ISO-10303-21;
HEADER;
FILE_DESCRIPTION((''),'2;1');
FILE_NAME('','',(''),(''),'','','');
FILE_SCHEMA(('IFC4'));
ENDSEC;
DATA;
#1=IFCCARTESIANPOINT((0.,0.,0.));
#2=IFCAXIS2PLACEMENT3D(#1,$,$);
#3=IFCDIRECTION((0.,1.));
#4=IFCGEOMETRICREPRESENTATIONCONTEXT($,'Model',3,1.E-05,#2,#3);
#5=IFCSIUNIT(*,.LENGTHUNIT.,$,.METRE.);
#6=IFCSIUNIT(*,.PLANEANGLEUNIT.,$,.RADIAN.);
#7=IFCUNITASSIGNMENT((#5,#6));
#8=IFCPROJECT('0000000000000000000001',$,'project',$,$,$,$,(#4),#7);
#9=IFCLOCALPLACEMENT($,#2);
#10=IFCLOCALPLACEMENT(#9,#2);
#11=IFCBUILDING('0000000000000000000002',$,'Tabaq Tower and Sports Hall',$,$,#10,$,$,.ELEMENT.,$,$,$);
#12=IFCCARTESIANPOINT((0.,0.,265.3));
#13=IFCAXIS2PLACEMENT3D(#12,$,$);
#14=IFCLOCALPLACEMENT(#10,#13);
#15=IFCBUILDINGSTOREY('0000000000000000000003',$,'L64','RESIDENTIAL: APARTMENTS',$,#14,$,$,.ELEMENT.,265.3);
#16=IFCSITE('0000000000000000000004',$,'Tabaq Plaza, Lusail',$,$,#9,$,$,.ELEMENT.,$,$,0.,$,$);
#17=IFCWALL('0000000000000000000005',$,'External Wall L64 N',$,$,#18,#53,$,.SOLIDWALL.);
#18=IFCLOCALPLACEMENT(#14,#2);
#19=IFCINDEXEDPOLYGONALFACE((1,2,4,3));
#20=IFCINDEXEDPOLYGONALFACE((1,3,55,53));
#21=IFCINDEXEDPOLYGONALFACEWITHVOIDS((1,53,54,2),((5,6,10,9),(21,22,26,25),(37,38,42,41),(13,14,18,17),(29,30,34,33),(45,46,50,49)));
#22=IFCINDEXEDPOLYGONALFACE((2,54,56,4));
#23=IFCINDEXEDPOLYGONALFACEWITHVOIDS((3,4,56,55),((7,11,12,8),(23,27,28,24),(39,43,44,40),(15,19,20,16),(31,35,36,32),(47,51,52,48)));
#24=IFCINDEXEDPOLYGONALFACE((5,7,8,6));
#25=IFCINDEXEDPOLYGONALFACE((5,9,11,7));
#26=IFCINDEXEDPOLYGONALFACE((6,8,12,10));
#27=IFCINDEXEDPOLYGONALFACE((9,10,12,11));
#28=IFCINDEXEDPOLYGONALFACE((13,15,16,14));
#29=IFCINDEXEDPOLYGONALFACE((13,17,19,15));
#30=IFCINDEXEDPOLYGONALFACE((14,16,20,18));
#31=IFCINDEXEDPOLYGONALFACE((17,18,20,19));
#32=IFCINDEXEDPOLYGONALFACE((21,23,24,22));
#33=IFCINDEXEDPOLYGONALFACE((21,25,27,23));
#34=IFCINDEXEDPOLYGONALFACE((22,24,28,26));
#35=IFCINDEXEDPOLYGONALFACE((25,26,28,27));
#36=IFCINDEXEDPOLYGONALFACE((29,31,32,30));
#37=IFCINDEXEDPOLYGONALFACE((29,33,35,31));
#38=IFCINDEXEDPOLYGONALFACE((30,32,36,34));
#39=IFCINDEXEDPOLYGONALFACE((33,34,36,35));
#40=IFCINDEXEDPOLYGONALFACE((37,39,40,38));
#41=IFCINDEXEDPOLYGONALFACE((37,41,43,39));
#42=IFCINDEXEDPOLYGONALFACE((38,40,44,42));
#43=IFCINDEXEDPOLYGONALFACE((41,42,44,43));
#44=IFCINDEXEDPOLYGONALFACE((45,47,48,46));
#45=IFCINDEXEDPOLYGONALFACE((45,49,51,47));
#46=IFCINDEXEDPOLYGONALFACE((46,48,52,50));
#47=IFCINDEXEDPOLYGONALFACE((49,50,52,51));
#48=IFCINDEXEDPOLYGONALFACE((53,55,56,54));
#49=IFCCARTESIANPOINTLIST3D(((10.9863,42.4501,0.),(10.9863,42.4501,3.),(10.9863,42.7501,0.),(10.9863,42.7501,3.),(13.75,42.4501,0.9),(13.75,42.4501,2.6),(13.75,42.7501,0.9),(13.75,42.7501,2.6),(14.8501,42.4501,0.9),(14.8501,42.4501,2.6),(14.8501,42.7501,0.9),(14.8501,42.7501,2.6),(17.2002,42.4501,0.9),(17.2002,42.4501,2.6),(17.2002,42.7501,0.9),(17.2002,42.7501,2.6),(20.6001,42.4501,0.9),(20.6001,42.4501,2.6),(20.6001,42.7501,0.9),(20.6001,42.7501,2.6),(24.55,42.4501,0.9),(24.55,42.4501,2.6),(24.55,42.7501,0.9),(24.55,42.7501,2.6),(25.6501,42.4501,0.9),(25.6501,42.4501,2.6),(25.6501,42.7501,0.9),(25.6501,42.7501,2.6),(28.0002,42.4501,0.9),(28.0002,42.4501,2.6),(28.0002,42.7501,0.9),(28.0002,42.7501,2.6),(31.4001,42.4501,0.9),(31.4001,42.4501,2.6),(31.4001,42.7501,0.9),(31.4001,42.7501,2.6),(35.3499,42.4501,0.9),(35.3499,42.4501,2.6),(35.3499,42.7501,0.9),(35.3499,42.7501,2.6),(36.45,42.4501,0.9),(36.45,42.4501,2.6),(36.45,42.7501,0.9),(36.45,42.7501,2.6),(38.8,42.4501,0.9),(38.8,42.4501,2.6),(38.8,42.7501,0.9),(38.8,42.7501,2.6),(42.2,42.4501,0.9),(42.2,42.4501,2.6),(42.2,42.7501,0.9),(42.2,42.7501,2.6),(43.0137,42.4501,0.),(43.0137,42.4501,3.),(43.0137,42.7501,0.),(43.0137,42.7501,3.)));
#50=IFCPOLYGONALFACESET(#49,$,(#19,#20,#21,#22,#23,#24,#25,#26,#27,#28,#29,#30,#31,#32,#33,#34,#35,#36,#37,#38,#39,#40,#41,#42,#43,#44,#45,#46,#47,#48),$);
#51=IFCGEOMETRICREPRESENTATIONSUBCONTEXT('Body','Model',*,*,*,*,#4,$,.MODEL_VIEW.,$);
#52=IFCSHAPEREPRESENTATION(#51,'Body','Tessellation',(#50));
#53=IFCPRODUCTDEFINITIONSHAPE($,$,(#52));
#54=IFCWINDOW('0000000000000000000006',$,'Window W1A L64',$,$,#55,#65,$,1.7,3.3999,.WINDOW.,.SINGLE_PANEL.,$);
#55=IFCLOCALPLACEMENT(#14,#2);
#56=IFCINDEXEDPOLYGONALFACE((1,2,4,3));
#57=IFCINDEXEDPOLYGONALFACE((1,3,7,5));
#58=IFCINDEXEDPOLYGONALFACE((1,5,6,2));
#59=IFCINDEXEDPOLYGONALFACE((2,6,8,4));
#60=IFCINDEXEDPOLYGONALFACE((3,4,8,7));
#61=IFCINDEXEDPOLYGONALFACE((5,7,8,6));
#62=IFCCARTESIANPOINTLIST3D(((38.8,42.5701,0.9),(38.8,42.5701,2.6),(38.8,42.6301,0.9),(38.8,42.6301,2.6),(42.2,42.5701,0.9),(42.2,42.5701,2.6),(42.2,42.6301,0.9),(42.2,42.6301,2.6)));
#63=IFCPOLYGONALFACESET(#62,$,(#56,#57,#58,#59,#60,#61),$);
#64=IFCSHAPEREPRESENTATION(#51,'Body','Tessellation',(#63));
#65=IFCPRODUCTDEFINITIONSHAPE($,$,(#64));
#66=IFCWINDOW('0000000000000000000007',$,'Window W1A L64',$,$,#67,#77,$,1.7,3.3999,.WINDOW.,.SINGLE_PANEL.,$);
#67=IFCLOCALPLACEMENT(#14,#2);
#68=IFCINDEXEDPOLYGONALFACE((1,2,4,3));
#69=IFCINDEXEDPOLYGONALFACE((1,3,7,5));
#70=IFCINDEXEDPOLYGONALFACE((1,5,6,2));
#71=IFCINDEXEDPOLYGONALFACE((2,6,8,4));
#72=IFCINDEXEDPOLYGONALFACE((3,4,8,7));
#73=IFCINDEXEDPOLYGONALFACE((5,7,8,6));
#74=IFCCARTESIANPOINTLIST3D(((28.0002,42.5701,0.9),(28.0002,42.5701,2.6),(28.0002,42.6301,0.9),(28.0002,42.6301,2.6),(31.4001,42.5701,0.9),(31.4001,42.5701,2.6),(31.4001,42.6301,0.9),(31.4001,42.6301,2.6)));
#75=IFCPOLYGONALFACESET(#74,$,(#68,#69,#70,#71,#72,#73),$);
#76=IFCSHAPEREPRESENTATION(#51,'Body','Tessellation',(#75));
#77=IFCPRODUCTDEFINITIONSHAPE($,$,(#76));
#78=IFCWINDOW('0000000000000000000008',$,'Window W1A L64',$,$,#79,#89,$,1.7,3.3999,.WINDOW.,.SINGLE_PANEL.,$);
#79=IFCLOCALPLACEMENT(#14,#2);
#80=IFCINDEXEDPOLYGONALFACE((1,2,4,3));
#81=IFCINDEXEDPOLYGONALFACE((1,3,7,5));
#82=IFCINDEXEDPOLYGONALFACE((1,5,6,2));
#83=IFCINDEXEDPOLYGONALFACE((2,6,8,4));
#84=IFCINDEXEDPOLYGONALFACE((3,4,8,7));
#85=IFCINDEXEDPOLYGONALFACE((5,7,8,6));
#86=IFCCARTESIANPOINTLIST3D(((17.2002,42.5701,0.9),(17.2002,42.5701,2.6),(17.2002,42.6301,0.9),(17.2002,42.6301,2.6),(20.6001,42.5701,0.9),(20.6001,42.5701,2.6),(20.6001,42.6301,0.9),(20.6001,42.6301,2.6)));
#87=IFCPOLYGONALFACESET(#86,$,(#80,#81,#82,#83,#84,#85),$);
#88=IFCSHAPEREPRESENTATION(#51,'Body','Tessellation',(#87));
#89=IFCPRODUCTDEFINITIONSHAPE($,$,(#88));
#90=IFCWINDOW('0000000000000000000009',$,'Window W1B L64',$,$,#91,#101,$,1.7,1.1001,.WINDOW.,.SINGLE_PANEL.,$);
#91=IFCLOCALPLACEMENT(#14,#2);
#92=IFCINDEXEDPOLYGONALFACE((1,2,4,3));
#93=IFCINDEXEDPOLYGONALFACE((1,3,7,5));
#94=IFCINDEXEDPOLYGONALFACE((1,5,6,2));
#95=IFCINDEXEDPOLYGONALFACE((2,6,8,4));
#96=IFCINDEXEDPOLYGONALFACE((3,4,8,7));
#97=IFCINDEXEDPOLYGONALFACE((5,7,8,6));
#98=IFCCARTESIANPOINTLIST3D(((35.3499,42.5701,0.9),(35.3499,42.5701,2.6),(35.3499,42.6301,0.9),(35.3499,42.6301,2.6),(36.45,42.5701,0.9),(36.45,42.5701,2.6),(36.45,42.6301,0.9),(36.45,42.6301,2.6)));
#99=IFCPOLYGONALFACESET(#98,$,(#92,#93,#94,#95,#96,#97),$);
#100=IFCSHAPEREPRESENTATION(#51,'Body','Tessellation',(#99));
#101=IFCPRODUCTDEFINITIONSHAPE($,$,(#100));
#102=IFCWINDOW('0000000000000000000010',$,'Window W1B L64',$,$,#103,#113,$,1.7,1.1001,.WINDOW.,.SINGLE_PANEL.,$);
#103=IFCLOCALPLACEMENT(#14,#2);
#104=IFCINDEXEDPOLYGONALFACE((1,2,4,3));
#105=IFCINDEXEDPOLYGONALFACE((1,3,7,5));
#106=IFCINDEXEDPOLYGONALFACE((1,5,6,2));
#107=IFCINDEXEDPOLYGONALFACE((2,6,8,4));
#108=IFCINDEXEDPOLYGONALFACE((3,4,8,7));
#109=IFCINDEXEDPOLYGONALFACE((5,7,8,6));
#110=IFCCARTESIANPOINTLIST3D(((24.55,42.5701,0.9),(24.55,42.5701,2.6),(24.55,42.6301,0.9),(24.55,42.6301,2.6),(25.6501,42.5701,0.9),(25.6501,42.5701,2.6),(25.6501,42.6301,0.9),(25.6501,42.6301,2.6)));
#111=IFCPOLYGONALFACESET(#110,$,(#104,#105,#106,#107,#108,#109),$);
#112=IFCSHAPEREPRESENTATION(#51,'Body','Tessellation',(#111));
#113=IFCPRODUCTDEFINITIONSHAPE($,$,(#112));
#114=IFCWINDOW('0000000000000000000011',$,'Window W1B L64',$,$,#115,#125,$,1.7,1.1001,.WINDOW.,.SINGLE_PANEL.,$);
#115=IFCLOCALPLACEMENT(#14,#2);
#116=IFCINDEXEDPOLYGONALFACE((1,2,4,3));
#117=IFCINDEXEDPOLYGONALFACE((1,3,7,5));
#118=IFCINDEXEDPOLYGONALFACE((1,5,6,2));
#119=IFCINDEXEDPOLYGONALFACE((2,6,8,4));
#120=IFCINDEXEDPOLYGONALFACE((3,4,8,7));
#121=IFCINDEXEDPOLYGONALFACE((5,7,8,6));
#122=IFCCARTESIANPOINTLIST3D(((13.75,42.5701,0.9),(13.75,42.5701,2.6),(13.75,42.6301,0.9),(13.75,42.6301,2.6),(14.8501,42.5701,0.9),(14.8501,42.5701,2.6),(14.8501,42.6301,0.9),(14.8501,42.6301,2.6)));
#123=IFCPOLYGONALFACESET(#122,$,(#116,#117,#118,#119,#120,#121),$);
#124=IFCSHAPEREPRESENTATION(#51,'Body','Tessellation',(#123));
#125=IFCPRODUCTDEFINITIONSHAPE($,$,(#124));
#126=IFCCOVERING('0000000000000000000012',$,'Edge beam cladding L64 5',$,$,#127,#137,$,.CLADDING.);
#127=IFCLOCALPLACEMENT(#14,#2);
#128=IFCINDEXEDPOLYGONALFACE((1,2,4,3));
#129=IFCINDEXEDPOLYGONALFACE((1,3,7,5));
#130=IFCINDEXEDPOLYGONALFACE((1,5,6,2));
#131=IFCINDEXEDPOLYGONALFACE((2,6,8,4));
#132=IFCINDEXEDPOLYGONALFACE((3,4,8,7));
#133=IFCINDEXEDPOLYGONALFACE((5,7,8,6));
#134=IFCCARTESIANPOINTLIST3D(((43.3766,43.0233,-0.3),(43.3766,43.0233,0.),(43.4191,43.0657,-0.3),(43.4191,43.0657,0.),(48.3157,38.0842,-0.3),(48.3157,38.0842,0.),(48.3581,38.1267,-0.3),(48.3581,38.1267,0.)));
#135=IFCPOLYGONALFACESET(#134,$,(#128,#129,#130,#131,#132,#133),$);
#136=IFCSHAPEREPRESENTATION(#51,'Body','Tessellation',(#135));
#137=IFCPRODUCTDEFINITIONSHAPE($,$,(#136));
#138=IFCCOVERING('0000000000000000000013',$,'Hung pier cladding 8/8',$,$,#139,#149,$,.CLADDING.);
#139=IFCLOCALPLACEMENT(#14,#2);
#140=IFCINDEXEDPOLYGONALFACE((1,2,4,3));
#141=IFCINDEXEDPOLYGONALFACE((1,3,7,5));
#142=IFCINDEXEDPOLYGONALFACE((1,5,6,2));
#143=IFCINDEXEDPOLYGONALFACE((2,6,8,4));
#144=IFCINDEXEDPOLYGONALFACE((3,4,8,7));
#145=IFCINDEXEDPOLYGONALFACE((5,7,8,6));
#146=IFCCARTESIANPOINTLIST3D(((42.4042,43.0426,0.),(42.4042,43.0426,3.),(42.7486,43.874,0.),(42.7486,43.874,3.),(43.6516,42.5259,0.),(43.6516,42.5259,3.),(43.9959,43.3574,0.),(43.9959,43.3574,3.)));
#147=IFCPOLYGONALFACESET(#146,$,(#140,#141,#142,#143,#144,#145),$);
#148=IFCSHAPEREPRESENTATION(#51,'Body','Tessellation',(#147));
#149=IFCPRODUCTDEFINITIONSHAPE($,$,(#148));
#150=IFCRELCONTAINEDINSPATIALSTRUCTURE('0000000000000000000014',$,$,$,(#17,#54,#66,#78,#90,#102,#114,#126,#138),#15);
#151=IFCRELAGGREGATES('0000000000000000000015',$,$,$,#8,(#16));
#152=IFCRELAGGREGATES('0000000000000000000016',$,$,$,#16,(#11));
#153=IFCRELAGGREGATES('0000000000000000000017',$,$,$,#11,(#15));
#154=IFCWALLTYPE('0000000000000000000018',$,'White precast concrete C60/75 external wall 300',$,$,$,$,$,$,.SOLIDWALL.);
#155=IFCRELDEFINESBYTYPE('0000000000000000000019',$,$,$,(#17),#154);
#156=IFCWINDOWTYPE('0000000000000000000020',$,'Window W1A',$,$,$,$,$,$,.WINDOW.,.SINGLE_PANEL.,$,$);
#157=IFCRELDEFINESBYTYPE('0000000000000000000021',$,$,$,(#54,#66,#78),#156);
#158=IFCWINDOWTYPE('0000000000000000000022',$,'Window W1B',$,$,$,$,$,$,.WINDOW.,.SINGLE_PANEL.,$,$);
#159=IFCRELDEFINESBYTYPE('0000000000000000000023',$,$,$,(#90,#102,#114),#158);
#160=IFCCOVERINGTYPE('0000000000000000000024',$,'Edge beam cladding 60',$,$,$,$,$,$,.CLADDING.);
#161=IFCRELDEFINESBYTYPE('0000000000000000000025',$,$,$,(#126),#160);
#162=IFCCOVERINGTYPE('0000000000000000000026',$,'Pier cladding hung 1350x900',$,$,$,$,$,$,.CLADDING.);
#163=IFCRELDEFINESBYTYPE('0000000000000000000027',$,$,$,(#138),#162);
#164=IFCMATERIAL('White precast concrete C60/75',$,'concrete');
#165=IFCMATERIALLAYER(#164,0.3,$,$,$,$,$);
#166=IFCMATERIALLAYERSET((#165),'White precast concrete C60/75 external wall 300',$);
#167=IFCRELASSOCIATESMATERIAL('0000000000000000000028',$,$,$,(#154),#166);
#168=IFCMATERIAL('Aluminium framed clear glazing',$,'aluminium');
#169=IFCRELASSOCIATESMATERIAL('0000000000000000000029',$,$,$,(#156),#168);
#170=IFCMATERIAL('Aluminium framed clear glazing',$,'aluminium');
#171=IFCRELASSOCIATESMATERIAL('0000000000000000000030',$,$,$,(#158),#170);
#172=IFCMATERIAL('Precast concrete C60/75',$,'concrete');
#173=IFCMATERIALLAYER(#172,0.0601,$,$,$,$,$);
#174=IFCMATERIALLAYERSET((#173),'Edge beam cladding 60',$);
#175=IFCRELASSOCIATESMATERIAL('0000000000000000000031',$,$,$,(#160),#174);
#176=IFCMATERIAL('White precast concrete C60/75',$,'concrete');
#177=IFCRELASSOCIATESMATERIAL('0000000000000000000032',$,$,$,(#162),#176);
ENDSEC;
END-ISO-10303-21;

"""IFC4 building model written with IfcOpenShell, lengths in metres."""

from ifc_helpers import new_model, si_unit, direction, frame, frame_2d, origin, place, context, subcontext, project, spatial, rectangle, extrude, material, layer, layer_set, type_object, element, fill, save


model = new_model("IFC4")

# Units and contexts
model_context = context("Model", 3, precision=1e-05, world=origin(), true_north=direction((0.0, 1.0)))
body_context = subcontext(model_context, "Body", "Model", "MODEL_VIEW")
ifc_project = project(units=[si_unit("LENGTHUNIT", "METRE"), si_unit("PLANEANGLEUNIT", "RADIAN")], contexts=[model_context])

# Site, building, storey
site_placement = place(None, origin())
site = spatial("IfcSite", under=ifc_project, at=site_placement, Name="Tabaq Plaza, Lusail", CompositionType="ELEMENT", RefElevation=0.0)
building_placement = place(site_placement, origin())
building = spatial("IfcBuilding", under=site, at=building_placement, Name="Tabaq Tower and Sports Hall", CompositionType="ELEMENT")
storey_placement = place(building_placement, frame((0.0, 0.0, 265.3)))
storey = spatial("IfcBuildingStorey", under=building, at=storey_placement, Name="L64", Description="RESIDENTIAL: APARTMENTS", CompositionType="ELEMENT", Elevation=265.3)

# Shared definitions
ifc_material_1 = material(Name="White precast concrete C60/75", Category="concrete")
ifc_layer_1 = layer(ifc_material_1, 0.3)
ifc_layer_set_1 = layer_set([ifc_layer_1], Name="White precast concrete C60/75 external wall 300")
wall_type_1 = type_object("IfcWallType", Name="White precast concrete C60/75 external wall 300", PredefinedType="SOLIDWALL", material=ifc_layer_set_1)
ifc_material_2 = material(Name="Aluminium framed clear glazing", Category="aluminium")
window_type_1 = type_object("IfcWindowType", Name="Window W1A", PartitioningType="SINGLE_PANEL", PredefinedType="WINDOW", material=ifc_material_2)

# Wall, openings, windows
wall_1_placement = place(storey_placement, frame((43.0137, 42.6001, 0.0), z_axis=(0.0, 0.0, 1.0), x_axis=(-1.0, 0.0, 0.0)))
wall_1 = element("IfcWall", 1, at=wall_1_placement, inside=storey, type_object=wall_type_1, Name="External Wall L64 N", PredefinedType="SOLIDWALL", context=body_context, shape_type="SweptSolid", body=[
    extrude(rectangle(XDim=32.0273, YDim=0.3, at=frame_2d((16.0137, 0.0))), origin(), (0.0, 0.0, 1.0), 3.0),
])
opening_1_placement = place(wall_1_placement, frame((0.8137, 0.0, 0.8999)))
opening_1 = element("IfcOpeningElement", 2, at=opening_1_placement, cuts=wall_1, PredefinedType="OPENING", context=body_context, shape_type="SweptSolid", body=[
    extrude(rectangle(XDim=3.3999, YDim=1.7, at=frame_2d((1.7, 0.8501))), frame((0.0, 0.1602, 0.0), z_axis=(0.0, -1.0, 0.0), x_axis=(1.0, 0.0, 0.0)), (0.0, 0.0, 1.0), 0.3201),
])
opening_2_placement = place(wall_1_placement, frame((6.5637, 0.0, 0.8999)))
opening_2 = element("IfcOpeningElement", 3, at=opening_2_placement, cuts=wall_1, PredefinedType="OPENING", context=body_context, shape_type="SweptSolid", body=[
    extrude(rectangle(XDim=1.1001, YDim=1.7, at=frame_2d((0.55, 0.8501))), frame((0.0, 0.1602, 0.0), z_axis=(0.0, -1.0, 0.0), x_axis=(1.0, 0.0, 0.0)), (0.0, 0.0, 1.0), 0.3201),
])
opening_3_placement = place(wall_1_placement, frame((11.6135, 0.0, 0.8999)))
opening_3 = element("IfcOpeningElement", 4, at=opening_3_placement, cuts=wall_1, PredefinedType="OPENING", context=body_context, shape_type="SweptSolid", body=[
    extrude(rectangle(XDim=3.3999, YDim=1.7, at=frame_2d((1.7, 0.8501))), frame((0.0, 0.1602, 0.0), z_axis=(0.0, -1.0, 0.0), x_axis=(1.0, 0.0, 0.0)), (0.0, 0.0, 1.0), 0.3201),
])
opening_4_placement = place(wall_1_placement, frame((17.3635, 0.0, 0.8999)))
opening_4 = element("IfcOpeningElement", 5, at=opening_4_placement, cuts=wall_1, PredefinedType="OPENING", context=body_context, shape_type="SweptSolid", body=[
    extrude(rectangle(XDim=1.1001, YDim=1.7, at=frame_2d((0.55, 0.8501))), frame((0.0, 0.1602, 0.0), z_axis=(0.0, -1.0, 0.0), x_axis=(1.0, 0.0, 0.0)), (0.0, 0.0, 1.0), 0.3201),
])
opening_5_placement = place(wall_1_placement, frame((22.4136, 0.0, 0.8999)))
opening_5 = element("IfcOpeningElement", 6, at=opening_5_placement, cuts=wall_1, PredefinedType="OPENING", context=body_context, shape_type="SweptSolid", body=[
    extrude(rectangle(XDim=3.3999, YDim=1.7, at=frame_2d((1.7, 0.8501))), frame((0.0, 0.1602, 0.0), z_axis=(0.0, -1.0, 0.0), x_axis=(1.0, 0.0, 0.0)), (0.0, 0.0, 1.0), 0.3201),
])
opening_6_placement = place(wall_1_placement, frame((28.1636, 0.0, 0.8999)))
opening_6 = element("IfcOpeningElement", 7, at=opening_6_placement, cuts=wall_1, PredefinedType="OPENING", context=body_context, shape_type="SweptSolid", body=[
    extrude(rectangle(XDim=1.1001, YDim=1.7, at=frame_2d((0.55, 0.8501))), frame((0.0, 0.1602, 0.0), z_axis=(0.0, -1.0, 0.0), x_axis=(1.0, 0.0, 0.0)), (0.0, 0.0, 1.0), 0.3201),
])
window_1_placement = place(opening_1_placement, origin())
window_1 = element("IfcWindow", 8, at=window_1_placement, inside=storey, type_object=window_type_1, Name="Window W1A L64", OverallHeight=1.7, OverallWidth=3.3999, PartitioningType="SINGLE_PANEL", PredefinedType="WINDOW", context=body_context, shape_type="SweptSolid", body=[
    extrude(rectangle(XDim=3.3999, YDim=1.7, at=frame_2d((1.7, 0.8501))), frame((0.0, 0.03, 0.0), z_axis=(0.0, -1.0, 0.0), x_axis=(1.0, 0.0, 0.0)), (0.0, 0.0, 1.0), 0.0601),
])
fill(opening_1, window_1)
window_2_placement = place(opening_3_placement, origin())
window_2 = element("IfcWindow", 9, at=window_2_placement, inside=storey, type_object=window_type_1, Name="Window W1A L64", OverallHeight=1.7, OverallWidth=3.3999, PartitioningType="SINGLE_PANEL", PredefinedType="WINDOW", context=body_context, shape_type="SweptSolid", body=[
    extrude(rectangle(XDim=3.3999, YDim=1.7, at=frame_2d((1.7, 0.8501))), frame((0.0, 0.03, 0.0), z_axis=(0.0, -1.0, 0.0), x_axis=(1.0, 0.0, 0.0)), (0.0, 0.0, 1.0), 0.0601),
])
fill(opening_3, window_2)
window_3_placement = place(opening_5_placement, origin())
window_3 = element("IfcWindow", 10, at=window_3_placement, inside=storey, type_object=window_type_1, Name="Window W1A L64", OverallHeight=1.7, OverallWidth=3.3999, PartitioningType="SINGLE_PANEL", PredefinedType="WINDOW", context=body_context, shape_type="SweptSolid", body=[
    extrude(rectangle(XDim=3.3999, YDim=1.7, at=frame_2d((1.7, 0.8501))), frame((0.0, 0.03, 0.0), z_axis=(0.0, -1.0, 0.0), x_axis=(1.0, 0.0, 0.0)), (0.0, 0.0, 1.0), 0.0601),
])
fill(opening_5, window_3)
ifc_material_3 = material(Name="Aluminium framed clear glazing", Category="aluminium")
window_type_2 = type_object("IfcWindowType", Name="Window W1B", PartitioningType="SINGLE_PANEL", PredefinedType="WINDOW", material=ifc_material_3)
window_4_placement = place(opening_2_placement, origin())
window_4 = element("IfcWindow", 11, at=window_4_placement, inside=storey, type_object=window_type_2, Name="Window W1B L64", OverallHeight=1.7, OverallWidth=1.1001, PartitioningType="SINGLE_PANEL", PredefinedType="WINDOW", context=body_context, shape_type="SweptSolid", body=[
    extrude(rectangle(XDim=1.1001, YDim=1.7, at=frame_2d((0.55, 0.8501))), frame((0.0, 0.03, 0.0), z_axis=(0.0, -1.0, 0.0), x_axis=(1.0, 0.0, 0.0)), (0.0, 0.0, 1.0), 0.0601),
])
fill(opening_2, window_4)
window_5_placement = place(opening_4_placement, origin())
window_5 = element("IfcWindow", 12, at=window_5_placement, inside=storey, type_object=window_type_2, Name="Window W1B L64", OverallHeight=1.7, OverallWidth=1.1001, PartitioningType="SINGLE_PANEL", PredefinedType="WINDOW", context=body_context, shape_type="SweptSolid", body=[
    extrude(rectangle(XDim=1.1001, YDim=1.7, at=frame_2d((0.55, 0.8501))), frame((0.0, 0.03, 0.0), z_axis=(0.0, -1.0, 0.0), x_axis=(1.0, 0.0, 0.0)), (0.0, 0.0, 1.0), 0.0601),
])
fill(opening_4, window_5)
window_6_placement = place(opening_6_placement, origin())
window_6 = element("IfcWindow", 13, at=window_6_placement, inside=storey, type_object=window_type_2, Name="Window W1B L64", OverallHeight=1.7, OverallWidth=1.1001, PartitioningType="SINGLE_PANEL", PredefinedType="WINDOW", context=body_context, shape_type="SweptSolid", body=[
    extrude(rectangle(XDim=1.1001, YDim=1.7, at=frame_2d((0.55, 0.8501))), frame((0.0, 0.03, 0.0), z_axis=(0.0, -1.0, 0.0), x_axis=(1.0, 0.0, 0.0)), (0.0, 0.0, 1.0), 0.0601),
])
fill(opening_6, window_6)

# Coverings
ifc_material_4 = material(Name="Precast concrete C60/75", Category="concrete")
ifc_layer_2 = layer(ifc_material_4, 0.0601)
ifc_layer_set_2 = layer_set([ifc_layer_2], Name="Edge beam cladding 60")
covering_type_1 = type_object("IfcCoveringType", Name="Edge beam cladding 60", PredefinedType="CLADDING", material=ifc_layer_set_2)
covering_1_placement = place(storey_placement, frame((48.3369, 38.1055, -0.3), z_axis=(0.0, 0.0, 1.0), x_axis=(-0.707107, 0.707107, 0.0)))
element("IfcCovering", 14, at=covering_1_placement, inside=storey, type_object=covering_type_1, Name="Edge beam cladding L64 5", PredefinedType="CLADDING", context=body_context, shape_type="SweptSolid", body=[
    extrude(rectangle(XDim=6.9849, YDim=0.0601, at=frame_2d((3.4924, 0.0))), origin(), (0.0, 0.0, 1.0), 0.3),
])
ifc_material_5 = material(Name="White precast concrete C60/75", Category="concrete")
covering_type_2 = type_object("IfcCoveringType", Name="Pier cladding hung 1350x900", PredefinedType="CLADDING", material=ifc_material_5)
covering_2_placement = place(storey_placement, frame((43.8237, 42.9417, 0.0), z_axis=(0.0, 0.0, 1.0), x_axis=(-0.923893, 0.38265, 0.0)))
element("IfcCovering", 15, at=covering_2_placement, inside=storey, type_object=covering_type_2, Name="Hung pier cladding 8/8", PredefinedType="CLADDING", context=body_context, shape_type="SweptSolid", body=[
    extrude(rectangle(XDim=1.3501, YDim=0.8999, at=frame_2d((0.675, 0.0))), origin(), (0.0, 0.0, 1.0), 3.0),
])

save(model, "model.ifc")
